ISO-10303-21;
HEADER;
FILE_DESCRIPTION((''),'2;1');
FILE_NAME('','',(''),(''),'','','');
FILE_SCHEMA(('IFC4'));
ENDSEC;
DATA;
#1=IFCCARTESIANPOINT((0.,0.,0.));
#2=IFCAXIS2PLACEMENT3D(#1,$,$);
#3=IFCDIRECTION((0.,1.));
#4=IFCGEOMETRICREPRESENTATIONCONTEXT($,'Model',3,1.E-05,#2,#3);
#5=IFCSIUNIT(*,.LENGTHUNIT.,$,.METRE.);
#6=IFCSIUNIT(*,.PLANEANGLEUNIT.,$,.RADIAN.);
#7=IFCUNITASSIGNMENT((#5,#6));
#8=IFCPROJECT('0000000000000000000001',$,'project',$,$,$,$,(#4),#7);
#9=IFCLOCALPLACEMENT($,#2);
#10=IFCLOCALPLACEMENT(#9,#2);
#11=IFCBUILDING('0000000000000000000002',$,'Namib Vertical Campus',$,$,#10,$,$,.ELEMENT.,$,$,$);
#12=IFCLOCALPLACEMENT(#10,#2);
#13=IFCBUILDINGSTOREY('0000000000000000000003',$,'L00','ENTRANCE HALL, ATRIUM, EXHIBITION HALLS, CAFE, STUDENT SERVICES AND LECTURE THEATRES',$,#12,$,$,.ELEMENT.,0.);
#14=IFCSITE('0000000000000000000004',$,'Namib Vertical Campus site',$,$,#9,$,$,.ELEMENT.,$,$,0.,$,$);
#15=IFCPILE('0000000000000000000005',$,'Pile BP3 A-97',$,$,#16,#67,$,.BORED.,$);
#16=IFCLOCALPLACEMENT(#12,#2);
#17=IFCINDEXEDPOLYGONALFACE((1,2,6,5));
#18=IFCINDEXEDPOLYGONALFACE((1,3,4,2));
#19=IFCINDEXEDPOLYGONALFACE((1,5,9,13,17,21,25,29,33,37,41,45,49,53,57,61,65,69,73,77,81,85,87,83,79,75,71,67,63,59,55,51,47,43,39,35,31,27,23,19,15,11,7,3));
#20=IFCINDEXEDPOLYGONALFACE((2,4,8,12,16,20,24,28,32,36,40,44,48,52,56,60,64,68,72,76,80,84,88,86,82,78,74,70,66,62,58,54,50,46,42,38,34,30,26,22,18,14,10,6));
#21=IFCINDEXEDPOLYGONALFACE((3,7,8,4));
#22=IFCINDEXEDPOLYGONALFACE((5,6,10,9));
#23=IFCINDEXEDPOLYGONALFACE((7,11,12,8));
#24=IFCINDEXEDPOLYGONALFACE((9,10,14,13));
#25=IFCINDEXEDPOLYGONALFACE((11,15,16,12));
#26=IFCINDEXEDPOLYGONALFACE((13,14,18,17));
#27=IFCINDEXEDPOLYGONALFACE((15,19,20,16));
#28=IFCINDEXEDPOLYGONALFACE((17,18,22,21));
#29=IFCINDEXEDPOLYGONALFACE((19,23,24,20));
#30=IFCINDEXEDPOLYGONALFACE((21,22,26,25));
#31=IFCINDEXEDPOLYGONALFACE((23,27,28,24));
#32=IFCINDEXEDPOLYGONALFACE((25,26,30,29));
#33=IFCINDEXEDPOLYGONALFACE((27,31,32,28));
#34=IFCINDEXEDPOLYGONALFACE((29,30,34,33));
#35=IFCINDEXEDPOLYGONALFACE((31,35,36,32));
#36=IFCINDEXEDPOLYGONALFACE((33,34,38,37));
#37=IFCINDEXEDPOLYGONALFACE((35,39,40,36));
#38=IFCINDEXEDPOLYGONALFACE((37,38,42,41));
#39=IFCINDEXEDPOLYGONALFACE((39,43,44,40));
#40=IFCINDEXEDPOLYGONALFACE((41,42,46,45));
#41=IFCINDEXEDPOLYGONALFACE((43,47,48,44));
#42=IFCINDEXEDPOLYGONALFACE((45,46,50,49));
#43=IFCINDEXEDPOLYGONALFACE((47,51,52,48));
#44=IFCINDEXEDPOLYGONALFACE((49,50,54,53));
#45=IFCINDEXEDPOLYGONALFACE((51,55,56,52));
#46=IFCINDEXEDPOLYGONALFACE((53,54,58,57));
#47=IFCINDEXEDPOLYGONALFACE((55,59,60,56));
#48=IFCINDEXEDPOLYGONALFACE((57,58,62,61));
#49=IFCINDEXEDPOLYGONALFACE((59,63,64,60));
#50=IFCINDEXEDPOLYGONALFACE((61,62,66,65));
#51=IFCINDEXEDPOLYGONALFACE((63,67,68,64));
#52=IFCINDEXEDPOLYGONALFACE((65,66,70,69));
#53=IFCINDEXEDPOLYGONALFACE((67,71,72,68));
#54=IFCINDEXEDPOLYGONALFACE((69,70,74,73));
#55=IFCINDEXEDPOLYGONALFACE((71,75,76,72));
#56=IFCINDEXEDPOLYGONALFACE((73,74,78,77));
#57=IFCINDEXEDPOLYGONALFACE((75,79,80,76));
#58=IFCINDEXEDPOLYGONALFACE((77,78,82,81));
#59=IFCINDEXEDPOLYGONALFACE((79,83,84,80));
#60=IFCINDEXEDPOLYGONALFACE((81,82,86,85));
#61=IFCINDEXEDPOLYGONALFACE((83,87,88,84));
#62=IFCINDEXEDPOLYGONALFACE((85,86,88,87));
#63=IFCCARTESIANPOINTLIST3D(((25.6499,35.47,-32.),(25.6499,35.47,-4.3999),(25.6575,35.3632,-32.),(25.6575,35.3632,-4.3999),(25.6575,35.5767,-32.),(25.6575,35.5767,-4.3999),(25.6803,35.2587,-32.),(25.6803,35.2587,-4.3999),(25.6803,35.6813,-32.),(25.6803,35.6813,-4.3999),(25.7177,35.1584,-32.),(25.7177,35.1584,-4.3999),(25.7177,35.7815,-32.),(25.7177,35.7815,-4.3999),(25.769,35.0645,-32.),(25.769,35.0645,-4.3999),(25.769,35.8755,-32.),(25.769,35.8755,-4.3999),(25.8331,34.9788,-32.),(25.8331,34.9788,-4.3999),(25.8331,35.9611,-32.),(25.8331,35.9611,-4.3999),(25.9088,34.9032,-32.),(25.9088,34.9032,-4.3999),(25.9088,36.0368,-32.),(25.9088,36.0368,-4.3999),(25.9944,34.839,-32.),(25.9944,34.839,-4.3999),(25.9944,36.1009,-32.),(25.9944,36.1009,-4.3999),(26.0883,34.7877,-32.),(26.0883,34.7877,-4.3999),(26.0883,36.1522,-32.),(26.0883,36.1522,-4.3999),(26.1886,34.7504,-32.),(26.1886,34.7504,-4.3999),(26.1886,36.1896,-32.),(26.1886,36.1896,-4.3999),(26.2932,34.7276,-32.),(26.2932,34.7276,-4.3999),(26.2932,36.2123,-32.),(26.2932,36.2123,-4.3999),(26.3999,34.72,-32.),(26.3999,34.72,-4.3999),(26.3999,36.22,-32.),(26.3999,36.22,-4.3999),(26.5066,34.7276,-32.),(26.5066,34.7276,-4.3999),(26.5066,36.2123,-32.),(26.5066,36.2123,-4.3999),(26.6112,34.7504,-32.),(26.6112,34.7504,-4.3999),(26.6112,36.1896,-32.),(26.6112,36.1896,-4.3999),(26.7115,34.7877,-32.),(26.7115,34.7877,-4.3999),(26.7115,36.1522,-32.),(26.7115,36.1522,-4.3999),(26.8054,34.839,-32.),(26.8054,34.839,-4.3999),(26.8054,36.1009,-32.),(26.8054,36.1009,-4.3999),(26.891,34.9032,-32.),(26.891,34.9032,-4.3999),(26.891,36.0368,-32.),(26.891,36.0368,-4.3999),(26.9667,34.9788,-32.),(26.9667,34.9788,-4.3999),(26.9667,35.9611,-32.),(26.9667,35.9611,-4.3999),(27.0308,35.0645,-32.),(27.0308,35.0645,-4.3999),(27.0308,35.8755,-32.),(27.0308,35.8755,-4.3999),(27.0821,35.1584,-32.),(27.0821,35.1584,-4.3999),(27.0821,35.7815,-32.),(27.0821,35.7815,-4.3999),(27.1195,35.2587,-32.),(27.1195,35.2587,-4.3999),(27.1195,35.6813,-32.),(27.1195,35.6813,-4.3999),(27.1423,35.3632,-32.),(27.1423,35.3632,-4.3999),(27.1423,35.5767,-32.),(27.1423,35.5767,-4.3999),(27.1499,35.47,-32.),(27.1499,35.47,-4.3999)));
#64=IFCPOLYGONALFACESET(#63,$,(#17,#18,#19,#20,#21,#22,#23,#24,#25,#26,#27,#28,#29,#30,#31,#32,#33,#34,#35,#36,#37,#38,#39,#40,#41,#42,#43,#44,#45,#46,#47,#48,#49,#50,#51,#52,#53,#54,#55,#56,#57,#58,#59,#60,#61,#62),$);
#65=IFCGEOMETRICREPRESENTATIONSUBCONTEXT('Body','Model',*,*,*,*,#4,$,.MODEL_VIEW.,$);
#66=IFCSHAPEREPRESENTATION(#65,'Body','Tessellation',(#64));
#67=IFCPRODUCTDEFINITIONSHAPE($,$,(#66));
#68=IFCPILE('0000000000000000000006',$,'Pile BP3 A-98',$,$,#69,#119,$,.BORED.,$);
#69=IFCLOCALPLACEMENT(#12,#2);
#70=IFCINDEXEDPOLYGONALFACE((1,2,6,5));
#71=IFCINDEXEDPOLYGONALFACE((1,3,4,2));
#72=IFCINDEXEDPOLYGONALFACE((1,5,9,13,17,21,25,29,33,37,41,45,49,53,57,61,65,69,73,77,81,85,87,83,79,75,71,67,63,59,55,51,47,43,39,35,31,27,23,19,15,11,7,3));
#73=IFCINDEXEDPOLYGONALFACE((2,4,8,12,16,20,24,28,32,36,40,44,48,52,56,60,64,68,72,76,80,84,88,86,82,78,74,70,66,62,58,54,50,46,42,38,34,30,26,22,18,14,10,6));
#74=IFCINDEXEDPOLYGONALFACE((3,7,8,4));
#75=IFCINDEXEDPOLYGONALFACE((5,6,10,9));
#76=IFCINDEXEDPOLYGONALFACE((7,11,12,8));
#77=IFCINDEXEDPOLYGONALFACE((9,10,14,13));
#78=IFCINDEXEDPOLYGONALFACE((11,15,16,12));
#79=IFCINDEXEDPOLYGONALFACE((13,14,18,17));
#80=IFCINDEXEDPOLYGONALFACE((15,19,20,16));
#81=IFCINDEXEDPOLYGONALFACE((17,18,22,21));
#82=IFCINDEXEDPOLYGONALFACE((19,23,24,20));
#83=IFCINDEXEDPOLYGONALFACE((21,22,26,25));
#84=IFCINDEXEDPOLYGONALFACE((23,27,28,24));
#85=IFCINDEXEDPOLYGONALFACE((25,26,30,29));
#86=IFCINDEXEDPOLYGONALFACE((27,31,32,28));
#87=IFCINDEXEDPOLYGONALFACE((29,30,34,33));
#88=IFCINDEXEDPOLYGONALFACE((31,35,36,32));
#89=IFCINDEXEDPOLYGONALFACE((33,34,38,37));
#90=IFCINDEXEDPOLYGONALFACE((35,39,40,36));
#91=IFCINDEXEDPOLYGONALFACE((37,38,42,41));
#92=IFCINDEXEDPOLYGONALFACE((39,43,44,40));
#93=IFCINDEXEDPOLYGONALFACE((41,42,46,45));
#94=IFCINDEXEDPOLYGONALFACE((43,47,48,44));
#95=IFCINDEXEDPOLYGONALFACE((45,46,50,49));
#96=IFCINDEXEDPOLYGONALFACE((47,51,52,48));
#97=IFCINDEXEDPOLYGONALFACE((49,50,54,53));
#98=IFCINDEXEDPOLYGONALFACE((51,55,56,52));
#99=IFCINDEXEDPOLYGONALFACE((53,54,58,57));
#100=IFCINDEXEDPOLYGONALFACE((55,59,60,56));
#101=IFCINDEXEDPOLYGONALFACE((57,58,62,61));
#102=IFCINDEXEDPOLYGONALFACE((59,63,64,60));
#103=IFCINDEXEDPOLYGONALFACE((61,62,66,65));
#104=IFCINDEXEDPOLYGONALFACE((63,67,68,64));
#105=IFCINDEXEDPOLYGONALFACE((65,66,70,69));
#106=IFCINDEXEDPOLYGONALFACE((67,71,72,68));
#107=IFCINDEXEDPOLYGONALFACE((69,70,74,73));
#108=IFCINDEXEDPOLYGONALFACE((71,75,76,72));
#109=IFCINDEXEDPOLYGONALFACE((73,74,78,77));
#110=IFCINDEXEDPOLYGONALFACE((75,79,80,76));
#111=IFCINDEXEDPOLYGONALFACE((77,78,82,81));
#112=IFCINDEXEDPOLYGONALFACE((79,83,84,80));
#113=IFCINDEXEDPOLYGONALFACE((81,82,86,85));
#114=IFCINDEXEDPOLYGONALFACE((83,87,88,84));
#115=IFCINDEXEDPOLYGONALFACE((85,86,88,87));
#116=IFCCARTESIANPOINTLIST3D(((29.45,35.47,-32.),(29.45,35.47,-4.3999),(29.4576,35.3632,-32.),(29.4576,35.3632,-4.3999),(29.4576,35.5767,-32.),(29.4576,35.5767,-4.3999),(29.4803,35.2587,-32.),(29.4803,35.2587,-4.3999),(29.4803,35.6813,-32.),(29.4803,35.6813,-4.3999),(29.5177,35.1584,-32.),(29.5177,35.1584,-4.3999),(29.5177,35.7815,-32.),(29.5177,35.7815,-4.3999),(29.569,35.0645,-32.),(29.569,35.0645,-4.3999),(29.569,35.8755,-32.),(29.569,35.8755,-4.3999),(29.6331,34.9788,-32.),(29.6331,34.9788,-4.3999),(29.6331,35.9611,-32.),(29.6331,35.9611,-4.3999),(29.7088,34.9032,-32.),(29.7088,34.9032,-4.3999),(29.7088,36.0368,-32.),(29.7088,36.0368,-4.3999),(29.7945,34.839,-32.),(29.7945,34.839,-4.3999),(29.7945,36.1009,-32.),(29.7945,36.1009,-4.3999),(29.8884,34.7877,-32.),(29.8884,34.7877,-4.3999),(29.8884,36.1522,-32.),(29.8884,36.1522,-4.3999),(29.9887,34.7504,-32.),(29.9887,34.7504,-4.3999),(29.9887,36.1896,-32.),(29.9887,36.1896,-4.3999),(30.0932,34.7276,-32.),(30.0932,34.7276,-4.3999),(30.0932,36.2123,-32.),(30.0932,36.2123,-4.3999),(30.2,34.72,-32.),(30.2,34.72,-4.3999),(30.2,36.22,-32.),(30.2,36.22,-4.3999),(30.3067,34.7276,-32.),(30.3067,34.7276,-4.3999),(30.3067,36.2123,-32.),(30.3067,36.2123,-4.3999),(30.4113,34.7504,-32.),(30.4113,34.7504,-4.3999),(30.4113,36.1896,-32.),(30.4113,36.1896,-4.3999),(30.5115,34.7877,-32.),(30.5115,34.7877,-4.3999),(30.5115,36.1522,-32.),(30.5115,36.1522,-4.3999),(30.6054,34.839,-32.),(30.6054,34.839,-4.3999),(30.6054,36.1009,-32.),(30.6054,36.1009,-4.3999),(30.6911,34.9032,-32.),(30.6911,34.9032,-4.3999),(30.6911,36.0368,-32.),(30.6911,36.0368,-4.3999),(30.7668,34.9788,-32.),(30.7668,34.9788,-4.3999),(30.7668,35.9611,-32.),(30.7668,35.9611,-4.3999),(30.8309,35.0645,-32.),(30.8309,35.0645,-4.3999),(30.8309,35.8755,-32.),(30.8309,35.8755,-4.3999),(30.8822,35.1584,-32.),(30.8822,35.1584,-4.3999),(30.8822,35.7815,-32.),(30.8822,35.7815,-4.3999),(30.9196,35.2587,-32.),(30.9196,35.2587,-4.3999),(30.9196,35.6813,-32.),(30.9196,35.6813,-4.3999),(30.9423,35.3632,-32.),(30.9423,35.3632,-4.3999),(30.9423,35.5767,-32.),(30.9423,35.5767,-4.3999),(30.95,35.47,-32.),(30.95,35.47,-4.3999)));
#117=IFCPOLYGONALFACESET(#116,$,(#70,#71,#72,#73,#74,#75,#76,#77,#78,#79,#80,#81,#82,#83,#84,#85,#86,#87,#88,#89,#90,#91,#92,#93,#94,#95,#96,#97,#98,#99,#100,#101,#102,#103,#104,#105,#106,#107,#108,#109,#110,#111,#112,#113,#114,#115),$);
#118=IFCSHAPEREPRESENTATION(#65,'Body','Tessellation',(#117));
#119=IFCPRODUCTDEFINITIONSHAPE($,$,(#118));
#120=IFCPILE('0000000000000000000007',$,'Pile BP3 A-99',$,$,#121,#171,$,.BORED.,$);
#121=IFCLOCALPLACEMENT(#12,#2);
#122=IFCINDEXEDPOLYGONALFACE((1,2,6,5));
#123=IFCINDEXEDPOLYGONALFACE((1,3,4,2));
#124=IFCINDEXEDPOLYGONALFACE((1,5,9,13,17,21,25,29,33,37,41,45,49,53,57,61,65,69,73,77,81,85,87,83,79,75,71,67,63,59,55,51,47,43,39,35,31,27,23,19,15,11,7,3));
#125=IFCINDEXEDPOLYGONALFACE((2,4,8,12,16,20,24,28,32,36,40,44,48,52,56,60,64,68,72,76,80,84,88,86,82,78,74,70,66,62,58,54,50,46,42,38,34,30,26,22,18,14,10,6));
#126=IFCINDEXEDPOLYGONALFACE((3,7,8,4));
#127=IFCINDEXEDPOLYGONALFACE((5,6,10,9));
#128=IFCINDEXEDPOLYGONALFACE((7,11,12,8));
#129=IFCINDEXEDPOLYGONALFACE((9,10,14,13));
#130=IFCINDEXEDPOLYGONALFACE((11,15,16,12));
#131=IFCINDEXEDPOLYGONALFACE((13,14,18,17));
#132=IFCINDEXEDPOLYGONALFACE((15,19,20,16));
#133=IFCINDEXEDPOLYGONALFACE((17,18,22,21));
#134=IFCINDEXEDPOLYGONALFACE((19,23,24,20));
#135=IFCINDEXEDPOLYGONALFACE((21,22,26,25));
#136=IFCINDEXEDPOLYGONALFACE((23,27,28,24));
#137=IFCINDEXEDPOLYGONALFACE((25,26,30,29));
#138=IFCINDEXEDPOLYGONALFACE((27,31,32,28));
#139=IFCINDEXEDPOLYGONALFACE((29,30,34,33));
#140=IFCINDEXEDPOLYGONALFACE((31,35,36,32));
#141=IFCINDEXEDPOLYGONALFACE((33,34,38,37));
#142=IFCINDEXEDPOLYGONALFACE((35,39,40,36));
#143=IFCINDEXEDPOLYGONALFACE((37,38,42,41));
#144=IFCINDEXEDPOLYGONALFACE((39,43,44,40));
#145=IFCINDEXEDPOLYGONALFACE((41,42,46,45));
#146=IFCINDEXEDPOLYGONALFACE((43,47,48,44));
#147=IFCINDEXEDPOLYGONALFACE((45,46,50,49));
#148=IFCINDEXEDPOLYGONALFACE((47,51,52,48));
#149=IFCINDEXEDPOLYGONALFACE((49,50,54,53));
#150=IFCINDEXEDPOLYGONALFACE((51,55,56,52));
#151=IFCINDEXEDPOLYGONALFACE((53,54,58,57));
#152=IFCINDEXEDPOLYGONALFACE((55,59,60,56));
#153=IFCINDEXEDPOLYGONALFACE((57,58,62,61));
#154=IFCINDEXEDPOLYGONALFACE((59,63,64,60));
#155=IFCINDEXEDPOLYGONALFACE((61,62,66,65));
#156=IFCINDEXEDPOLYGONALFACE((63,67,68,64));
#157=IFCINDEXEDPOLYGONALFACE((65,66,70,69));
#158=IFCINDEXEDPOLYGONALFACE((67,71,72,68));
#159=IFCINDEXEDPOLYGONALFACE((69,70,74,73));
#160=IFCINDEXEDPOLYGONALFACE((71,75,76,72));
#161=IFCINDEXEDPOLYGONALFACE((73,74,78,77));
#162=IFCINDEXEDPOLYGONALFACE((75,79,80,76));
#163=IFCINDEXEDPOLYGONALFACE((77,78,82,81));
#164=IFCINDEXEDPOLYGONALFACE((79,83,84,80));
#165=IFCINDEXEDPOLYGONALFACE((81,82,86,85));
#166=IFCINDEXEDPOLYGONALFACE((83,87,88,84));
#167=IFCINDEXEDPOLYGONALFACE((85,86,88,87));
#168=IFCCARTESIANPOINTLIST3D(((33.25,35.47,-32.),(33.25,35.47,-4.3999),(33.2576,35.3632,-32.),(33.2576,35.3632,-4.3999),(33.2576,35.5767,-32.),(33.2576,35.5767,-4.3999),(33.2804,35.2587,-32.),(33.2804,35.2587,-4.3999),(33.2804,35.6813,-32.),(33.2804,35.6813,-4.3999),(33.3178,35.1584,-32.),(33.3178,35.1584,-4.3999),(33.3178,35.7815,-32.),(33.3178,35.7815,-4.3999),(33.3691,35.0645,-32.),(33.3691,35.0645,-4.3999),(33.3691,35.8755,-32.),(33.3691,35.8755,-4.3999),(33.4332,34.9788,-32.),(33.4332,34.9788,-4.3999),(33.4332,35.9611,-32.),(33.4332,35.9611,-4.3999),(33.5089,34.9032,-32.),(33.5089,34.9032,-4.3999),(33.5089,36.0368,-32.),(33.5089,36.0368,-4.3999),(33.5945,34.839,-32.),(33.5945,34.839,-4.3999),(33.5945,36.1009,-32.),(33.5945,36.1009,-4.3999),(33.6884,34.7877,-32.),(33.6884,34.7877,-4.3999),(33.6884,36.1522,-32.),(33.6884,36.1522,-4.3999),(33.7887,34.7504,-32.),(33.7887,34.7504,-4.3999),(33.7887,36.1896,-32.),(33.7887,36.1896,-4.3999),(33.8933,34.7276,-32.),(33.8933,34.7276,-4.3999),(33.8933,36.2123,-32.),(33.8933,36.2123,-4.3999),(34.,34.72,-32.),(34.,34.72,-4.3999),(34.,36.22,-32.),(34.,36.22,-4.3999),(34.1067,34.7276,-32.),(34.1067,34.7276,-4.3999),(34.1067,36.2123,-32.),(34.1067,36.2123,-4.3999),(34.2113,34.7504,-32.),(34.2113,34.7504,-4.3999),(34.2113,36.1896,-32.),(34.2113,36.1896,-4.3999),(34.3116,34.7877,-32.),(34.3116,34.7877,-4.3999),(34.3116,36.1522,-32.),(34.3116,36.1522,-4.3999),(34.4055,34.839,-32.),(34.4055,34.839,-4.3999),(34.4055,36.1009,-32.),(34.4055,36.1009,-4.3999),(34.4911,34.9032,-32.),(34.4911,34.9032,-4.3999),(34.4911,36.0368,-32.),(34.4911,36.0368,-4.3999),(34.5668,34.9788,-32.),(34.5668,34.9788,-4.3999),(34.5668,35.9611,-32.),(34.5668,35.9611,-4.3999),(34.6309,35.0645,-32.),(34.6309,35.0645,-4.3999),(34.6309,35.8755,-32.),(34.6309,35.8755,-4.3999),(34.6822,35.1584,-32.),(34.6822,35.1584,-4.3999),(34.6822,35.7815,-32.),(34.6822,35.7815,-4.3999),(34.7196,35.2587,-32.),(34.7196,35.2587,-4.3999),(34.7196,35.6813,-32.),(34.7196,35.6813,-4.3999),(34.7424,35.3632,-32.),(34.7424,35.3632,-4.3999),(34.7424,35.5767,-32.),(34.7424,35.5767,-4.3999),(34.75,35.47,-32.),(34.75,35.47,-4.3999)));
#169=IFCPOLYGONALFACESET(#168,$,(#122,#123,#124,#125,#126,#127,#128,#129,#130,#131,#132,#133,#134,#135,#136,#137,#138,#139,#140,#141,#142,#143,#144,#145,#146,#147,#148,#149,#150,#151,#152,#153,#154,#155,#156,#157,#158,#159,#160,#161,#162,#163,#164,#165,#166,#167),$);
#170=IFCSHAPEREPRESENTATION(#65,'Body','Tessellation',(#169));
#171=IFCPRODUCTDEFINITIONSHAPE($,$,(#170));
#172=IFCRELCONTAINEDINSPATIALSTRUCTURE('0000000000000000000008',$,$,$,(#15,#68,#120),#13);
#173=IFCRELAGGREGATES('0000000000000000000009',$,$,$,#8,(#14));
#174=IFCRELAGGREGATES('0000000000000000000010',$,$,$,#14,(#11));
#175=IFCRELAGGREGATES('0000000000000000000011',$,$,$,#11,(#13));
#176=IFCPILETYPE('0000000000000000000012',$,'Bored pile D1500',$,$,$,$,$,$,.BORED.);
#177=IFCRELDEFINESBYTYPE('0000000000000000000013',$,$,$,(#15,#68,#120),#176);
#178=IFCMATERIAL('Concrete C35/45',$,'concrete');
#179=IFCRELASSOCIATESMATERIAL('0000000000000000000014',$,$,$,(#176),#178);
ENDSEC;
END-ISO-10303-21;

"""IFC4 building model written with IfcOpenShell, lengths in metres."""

from ifc_helpers import new_model, si_unit, direction, frame, origin, origin_2d, place, context, subcontext, project, spatial, circle, extrude, material, material_profile, profile_set, type_object, element, save


model = new_model("IFC4")

# Units and contexts
model_context = context("Model", 3, precision=1e-05, world=origin(), true_north=direction((0.0, 1.0)))
body_context = subcontext(model_context, "Body", "Model", "MODEL_VIEW")
ifc_project = project(units=[si_unit("LENGTHUNIT", "METRE"), si_unit("PLANEANGLEUNIT", "RADIAN")], contexts=[model_context])

# Site, building, storey
site_placement = place(None, origin())
site = spatial("IfcSite", under=ifc_project, at=site_placement, Name="Namib Vertical Campus site", CompositionType="ELEMENT", RefElevation=0.0)
building_placement = place(site_placement, origin())
building = spatial("IfcBuilding", under=site, at=building_placement, Name="Namib Vertical Campus", CompositionType="ELEMENT")
storey_placement = place(building_placement, origin())
storey = spatial("IfcBuildingStorey", under=building, at=storey_placement, Name="L00", Description="ENTRANCE HALL, ATRIUM, EXHIBITION HALLS, CAFE, STUDENT SERVICES AND LECTURE THEATRES", CompositionType="ELEMENT", Elevation=0.0)

# Piles
ifc_material_1 = material(Name="Concrete C35/45", Category="concrete")
ifc_material_profile_1 = material_profile(ifc_material_1, circle(Radius=0.75, at=origin_2d()))
ifc_profile_set_1 = profile_set([ifc_material_profile_1], Name="Concrete C35/45")
pile_type = type_object("IfcPileType", Name="Bored pile D1500", PredefinedType="BORED", material=ifc_profile_set_1)
for number, where, z_axis, x_axis, name in (
    (1, (26.3999, 35.47, -4.3999), (0.0, 0.0, -1.0), (1.0, 0.0, 0.0), "Pile BP3 A-97"),
    (2, (30.2, 35.47, -4.3999), (0.0, 0.0, -1.0), (1.0, 0.0, 0.0), "Pile BP3 A-98"),
    (3, (34.0, 35.47, -4.3999), (0.0, 0.0, -1.0), (1.0, 0.0, 0.0), "Pile BP3 A-99"),
):
    element("IfcPile", number, at=place(storey_placement, frame(where, z_axis=z_axis, x_axis=x_axis)), inside=storey, type_object=pile_type, Name=name, PredefinedType="BORED", context=body_context, shape_type="SweptSolid", body=[
        extrude(circle(Radius=0.75, at=origin_2d()), origin(), (0.0, 0.0, 1.0), 27.6001),
    ])

save(model, "model.ifc")
